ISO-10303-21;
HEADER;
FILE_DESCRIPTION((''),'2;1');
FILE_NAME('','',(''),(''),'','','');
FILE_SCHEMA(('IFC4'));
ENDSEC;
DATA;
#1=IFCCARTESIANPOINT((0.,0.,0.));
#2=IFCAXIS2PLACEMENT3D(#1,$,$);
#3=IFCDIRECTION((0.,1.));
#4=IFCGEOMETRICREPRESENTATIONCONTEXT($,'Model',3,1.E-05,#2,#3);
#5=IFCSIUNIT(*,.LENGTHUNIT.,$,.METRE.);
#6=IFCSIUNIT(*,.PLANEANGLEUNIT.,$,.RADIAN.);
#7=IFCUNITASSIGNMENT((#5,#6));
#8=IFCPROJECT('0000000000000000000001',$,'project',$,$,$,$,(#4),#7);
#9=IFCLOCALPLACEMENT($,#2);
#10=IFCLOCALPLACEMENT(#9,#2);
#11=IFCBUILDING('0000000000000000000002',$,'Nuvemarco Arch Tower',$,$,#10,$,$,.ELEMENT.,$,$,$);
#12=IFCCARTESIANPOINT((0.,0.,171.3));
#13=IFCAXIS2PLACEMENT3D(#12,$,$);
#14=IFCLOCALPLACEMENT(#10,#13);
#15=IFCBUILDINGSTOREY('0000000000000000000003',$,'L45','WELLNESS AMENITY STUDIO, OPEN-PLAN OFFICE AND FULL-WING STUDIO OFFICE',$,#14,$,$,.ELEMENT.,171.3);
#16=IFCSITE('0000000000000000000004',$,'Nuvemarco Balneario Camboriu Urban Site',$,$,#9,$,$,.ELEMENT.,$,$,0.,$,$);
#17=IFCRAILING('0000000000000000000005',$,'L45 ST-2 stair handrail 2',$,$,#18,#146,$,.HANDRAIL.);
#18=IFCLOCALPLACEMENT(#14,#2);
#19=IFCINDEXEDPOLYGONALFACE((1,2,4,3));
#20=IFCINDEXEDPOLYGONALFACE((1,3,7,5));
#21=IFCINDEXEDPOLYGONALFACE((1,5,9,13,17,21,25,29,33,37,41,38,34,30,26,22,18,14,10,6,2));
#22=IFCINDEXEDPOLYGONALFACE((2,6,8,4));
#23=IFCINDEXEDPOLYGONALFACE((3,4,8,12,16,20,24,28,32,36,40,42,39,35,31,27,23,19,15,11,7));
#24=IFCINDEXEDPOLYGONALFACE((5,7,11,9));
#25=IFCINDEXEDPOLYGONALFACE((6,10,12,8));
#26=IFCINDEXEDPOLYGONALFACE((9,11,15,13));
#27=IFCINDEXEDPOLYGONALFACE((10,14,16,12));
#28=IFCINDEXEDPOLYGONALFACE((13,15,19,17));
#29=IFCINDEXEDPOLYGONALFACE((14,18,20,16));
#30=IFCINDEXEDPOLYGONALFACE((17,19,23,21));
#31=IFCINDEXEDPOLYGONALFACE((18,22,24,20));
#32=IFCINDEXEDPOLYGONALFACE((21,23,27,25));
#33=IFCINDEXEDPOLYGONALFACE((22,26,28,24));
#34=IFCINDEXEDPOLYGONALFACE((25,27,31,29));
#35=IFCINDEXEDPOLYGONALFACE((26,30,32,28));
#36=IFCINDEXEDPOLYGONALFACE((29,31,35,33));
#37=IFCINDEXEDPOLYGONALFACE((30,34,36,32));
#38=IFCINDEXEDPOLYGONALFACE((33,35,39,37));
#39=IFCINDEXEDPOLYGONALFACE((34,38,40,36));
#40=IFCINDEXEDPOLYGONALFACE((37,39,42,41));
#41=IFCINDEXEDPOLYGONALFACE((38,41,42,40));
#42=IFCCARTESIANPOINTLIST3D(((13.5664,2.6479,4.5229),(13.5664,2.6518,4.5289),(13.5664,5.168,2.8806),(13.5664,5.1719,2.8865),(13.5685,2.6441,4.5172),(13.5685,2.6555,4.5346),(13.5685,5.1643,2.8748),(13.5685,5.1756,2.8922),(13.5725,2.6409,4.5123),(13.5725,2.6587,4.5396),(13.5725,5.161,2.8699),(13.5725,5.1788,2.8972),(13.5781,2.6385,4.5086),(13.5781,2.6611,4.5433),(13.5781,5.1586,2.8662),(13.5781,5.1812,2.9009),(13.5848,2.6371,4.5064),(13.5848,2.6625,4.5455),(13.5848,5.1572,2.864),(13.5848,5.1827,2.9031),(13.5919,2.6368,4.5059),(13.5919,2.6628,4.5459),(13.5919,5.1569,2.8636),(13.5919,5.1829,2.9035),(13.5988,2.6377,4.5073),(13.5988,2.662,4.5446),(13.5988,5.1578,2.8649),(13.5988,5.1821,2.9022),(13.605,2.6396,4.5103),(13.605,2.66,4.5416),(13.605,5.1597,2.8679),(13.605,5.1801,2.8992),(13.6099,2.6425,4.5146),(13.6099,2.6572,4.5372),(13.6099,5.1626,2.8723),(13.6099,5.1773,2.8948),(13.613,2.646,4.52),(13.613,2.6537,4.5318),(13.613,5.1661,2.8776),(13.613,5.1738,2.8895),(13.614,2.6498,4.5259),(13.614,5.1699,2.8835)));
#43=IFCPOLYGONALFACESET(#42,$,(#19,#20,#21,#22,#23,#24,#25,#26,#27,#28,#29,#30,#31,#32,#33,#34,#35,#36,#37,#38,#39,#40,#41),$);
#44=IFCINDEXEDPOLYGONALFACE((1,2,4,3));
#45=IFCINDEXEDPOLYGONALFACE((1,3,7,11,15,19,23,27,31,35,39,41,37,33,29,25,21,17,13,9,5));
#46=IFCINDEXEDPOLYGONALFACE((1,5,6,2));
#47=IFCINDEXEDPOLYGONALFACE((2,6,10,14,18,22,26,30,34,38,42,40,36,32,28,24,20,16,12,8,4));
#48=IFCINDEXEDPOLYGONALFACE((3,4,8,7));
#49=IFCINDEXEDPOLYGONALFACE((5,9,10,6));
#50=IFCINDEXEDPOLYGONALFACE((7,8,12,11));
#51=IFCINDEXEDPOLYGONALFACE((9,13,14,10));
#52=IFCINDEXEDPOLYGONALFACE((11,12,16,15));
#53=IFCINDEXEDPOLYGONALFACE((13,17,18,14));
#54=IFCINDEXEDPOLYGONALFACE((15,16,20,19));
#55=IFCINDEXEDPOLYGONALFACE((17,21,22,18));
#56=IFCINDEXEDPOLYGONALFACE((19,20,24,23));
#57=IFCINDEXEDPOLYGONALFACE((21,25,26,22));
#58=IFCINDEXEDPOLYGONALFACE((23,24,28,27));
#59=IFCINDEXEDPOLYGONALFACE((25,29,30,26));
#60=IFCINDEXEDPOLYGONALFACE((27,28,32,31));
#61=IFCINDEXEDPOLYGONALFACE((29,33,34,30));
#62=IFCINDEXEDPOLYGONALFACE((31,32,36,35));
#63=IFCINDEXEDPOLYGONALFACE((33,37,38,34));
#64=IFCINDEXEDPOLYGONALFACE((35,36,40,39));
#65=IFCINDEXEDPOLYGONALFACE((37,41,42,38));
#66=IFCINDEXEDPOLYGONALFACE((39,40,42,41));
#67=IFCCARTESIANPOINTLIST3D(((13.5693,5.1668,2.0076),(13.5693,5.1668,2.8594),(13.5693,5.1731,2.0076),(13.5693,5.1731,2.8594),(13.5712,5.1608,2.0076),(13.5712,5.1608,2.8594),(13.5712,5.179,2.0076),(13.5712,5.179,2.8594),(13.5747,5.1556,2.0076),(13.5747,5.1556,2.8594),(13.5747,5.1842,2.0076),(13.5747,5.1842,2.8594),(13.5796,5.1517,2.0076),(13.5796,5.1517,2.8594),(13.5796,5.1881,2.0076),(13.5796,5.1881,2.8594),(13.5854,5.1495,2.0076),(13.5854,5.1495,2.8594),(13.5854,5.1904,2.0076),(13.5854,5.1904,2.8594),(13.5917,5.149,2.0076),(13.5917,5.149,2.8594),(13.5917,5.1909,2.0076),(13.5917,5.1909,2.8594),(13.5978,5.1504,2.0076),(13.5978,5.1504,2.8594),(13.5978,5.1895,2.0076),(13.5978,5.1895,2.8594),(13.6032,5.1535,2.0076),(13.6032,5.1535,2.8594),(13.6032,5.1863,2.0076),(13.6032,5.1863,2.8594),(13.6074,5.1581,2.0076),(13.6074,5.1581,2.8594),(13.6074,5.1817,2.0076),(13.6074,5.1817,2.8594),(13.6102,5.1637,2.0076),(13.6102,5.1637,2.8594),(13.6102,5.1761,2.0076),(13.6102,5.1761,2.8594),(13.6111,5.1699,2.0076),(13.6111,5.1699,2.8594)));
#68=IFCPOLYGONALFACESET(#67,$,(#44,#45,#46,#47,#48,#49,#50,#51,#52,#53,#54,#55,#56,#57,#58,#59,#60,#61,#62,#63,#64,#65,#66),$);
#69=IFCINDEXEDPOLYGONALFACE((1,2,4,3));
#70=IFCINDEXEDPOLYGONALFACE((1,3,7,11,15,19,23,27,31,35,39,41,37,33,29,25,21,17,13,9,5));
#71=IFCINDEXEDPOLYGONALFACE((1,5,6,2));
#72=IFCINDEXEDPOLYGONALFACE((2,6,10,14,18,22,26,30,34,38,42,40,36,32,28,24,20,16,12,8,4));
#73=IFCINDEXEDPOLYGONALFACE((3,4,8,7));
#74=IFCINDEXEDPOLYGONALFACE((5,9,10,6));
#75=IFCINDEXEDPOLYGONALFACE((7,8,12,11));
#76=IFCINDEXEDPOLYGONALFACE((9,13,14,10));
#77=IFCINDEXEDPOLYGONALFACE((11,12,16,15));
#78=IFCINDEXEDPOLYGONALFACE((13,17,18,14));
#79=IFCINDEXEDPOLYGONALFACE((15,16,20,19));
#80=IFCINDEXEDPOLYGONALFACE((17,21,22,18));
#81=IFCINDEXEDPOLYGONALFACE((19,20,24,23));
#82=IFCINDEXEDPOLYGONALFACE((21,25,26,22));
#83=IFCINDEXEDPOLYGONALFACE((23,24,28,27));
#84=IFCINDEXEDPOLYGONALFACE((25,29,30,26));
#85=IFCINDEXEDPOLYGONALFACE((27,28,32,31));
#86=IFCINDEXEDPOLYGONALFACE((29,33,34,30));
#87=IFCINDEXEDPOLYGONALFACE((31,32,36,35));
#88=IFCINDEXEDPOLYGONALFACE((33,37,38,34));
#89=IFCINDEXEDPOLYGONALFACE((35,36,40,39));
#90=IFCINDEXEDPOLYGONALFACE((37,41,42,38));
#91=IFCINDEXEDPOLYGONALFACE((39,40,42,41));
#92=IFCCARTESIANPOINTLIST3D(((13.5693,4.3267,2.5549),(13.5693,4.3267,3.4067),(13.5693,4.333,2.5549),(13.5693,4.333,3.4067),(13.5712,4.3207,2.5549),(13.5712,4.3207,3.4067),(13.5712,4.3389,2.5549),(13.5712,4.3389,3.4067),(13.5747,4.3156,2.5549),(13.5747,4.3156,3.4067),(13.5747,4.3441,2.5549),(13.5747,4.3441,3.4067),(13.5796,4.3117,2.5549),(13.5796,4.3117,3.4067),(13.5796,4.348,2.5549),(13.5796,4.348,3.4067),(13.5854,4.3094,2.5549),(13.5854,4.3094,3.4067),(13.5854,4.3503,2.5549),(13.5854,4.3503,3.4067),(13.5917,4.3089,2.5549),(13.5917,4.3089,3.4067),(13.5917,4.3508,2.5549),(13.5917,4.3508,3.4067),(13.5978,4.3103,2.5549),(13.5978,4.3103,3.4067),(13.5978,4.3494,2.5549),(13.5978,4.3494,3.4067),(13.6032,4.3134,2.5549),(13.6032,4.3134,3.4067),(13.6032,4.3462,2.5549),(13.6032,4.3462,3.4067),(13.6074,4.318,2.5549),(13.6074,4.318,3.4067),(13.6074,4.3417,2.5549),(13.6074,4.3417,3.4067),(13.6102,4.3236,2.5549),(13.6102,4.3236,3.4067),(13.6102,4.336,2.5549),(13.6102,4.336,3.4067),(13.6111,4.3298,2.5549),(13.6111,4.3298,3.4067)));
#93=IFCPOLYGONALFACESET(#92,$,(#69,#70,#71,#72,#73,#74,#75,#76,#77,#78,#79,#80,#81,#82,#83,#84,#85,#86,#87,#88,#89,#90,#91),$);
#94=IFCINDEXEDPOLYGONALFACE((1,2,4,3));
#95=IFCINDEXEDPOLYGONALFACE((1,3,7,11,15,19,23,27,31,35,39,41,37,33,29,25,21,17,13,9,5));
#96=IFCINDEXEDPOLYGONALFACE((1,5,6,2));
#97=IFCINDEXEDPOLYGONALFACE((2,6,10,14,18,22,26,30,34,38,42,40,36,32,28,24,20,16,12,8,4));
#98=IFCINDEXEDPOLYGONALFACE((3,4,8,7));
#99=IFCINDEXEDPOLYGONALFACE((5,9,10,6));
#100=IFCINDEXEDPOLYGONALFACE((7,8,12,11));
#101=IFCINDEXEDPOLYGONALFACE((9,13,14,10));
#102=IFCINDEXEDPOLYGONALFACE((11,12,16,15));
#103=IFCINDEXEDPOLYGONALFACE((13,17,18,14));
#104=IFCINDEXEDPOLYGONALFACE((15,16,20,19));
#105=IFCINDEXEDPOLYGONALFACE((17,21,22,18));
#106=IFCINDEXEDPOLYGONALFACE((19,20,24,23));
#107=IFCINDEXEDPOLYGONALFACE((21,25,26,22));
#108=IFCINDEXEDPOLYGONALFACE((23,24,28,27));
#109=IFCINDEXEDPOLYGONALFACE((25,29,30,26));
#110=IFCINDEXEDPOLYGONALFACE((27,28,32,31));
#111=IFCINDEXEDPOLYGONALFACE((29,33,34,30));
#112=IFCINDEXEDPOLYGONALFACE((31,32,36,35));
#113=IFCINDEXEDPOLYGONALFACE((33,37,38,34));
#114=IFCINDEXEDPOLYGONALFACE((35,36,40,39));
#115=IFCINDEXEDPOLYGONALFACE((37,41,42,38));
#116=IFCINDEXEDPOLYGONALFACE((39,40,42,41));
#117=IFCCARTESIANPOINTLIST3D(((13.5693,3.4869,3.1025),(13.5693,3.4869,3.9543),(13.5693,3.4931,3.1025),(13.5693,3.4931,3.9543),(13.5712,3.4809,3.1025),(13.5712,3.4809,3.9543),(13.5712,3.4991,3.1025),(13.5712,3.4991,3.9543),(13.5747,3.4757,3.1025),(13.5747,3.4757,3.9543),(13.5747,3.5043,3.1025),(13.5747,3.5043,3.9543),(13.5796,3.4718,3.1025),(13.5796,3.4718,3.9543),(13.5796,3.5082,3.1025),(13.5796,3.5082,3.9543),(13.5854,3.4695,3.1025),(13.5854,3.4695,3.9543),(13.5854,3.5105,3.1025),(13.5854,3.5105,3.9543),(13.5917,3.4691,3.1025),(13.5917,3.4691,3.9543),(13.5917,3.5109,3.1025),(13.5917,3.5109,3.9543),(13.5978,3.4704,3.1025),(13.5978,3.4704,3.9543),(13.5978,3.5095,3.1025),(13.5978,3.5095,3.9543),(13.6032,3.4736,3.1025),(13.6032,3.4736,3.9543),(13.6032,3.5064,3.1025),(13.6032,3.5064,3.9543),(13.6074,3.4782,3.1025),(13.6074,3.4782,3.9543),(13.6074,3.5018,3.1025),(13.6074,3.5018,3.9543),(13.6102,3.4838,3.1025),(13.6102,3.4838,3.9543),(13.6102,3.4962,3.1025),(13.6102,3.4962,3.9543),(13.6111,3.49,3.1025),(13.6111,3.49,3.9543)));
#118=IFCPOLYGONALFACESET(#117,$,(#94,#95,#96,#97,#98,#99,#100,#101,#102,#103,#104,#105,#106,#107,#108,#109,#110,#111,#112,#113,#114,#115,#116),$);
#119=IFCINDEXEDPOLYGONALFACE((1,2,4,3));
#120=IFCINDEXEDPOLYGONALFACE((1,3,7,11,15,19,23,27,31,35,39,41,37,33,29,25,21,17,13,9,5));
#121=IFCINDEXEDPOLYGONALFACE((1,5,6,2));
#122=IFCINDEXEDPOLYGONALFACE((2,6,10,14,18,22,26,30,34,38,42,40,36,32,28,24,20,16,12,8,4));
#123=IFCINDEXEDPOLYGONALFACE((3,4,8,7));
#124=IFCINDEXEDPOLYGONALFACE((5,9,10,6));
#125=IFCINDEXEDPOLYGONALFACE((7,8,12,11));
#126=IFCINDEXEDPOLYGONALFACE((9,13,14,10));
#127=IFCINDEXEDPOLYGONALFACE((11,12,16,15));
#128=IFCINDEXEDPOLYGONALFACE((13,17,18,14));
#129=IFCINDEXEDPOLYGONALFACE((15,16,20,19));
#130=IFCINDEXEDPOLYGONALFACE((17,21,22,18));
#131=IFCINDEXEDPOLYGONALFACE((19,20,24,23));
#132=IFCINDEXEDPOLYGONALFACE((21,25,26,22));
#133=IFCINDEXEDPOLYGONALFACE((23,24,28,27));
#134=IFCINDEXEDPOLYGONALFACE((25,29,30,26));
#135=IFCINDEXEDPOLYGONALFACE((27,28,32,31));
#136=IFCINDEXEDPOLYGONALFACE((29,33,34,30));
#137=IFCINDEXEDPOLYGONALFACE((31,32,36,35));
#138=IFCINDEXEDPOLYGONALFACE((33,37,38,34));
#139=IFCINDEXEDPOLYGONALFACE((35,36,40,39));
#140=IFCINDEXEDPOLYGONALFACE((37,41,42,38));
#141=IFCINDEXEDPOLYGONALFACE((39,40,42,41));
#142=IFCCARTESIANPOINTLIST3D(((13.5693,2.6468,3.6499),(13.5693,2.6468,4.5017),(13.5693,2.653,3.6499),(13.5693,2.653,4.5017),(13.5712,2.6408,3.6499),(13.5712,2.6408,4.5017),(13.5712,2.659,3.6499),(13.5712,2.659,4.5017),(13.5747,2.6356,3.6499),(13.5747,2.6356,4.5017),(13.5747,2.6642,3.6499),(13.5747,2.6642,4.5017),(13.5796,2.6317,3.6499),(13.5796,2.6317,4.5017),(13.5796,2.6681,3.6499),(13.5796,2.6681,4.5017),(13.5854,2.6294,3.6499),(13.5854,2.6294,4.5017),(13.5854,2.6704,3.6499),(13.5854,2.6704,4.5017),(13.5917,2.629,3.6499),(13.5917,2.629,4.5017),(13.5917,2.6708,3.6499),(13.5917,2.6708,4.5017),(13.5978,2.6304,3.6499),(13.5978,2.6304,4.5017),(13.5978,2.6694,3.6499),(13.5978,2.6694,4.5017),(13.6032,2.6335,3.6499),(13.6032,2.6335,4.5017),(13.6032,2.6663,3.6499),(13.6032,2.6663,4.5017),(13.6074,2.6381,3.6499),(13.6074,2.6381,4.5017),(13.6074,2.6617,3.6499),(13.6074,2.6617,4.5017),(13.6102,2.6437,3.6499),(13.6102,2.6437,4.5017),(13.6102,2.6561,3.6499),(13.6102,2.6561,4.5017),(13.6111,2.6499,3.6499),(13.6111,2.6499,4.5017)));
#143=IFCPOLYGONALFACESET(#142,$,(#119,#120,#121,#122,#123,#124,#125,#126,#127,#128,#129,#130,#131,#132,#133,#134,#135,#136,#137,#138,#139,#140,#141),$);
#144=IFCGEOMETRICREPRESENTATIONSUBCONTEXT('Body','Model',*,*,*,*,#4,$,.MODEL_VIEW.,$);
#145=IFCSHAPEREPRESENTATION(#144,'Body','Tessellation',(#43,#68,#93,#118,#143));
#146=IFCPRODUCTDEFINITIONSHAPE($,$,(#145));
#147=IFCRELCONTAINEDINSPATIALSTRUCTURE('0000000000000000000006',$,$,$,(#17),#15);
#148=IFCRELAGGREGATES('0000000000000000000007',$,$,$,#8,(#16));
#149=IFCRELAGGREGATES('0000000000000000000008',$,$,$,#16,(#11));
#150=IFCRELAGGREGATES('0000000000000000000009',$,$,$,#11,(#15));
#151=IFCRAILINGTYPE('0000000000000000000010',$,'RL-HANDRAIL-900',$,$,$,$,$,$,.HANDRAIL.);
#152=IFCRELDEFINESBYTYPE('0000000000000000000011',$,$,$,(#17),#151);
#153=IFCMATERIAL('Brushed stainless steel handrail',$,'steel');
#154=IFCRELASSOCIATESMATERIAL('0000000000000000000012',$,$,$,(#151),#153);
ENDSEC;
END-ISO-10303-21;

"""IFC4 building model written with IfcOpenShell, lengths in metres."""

from ifc_helpers import new_model, si_unit, direction, frame, origin, origin_2d, place, context, subcontext, project, spatial, circle, extrude, material, type_object, element, save


model = new_model("IFC4")

# Units and contexts
model_context = context("Model", 3, precision=1e-05, world=origin(), true_north=direction((0.0, 1.0)))
body_context = subcontext(model_context, "Body", "Model", "MODEL_VIEW")
ifc_project = project(units=[si_unit("LENGTHUNIT", "METRE"), si_unit("PLANEANGLEUNIT", "RADIAN")], contexts=[model_context])

# Site, building, storey
site_placement = place(None, origin())
site = spatial("IfcSite", under=ifc_project, at=site_placement, Name="Nuvemarco Balneario Camboriu Urban Site", CompositionType="ELEMENT", RefElevation=0.0)
building_placement = place(site_placement, origin())
building = spatial("IfcBuilding", under=site, at=building_placement, Name="Nuvemarco Arch Tower", CompositionType="ELEMENT")
storey_placement = place(building_placement, frame((0.0, 0.0, 171.3)))
storey = spatial("IfcBuildingStorey", under=building, at=storey_placement, Name="L45", Description="WELLNESS AMENITY STUDIO, OPEN-PLAN OFFICE AND FULL-WING STUDIO OFFICE", CompositionType="ELEMENT", Elevation=171.3)

# Railing
ifc_material_1 = material(Name="Brushed stainless steel handrail", Category="steel")
railing_type_1 = type_object("IfcRailingType", Name="RL-HANDRAIL-900", PredefinedType="HANDRAIL", material=ifc_material_1)
railing_1_placement = place(storey_placement, frame((13.5901, 5.1699, 2.0076)))
element("IfcRailing", 1, at=railing_1_placement, inside=storey, type_object=railing_type_1, Name="L45 ST-2 stair handrail 2", PredefinedType="HANDRAIL", context=body_context, shape_type="SweptSolid", body=[
    extrude(circle(Radius=0.0239, at=origin_2d()), frame((0.0, 0.0, 0.876), z_axis=(0.0, -0.837787, 0.545998), x_axis=(1.0, 0.0, 0.0)), (0.0, 0.0, 1.0), 3.0081),
    extrude(circle(Radius=0.021, at=origin_2d()), origin(), (0.0, 0.0, 1.0), 0.8518),
    extrude(circle(Radius=0.021, at=origin_2d()), frame((0.0, -0.8401, 0.5474)), (0.0, 0.0, 1.0), 0.8518),
    extrude(circle(Radius=0.021, at=origin_2d()), frame((0.0, -1.6799, 1.095)), (0.0, 0.0, 1.0), 0.8518),
    extrude(circle(Radius=0.021, at=origin_2d()), frame((0.0, -2.52, 1.6423)), (0.0, 0.0, 1.0), 0.8518),
])

save(model, "model.ifc")
